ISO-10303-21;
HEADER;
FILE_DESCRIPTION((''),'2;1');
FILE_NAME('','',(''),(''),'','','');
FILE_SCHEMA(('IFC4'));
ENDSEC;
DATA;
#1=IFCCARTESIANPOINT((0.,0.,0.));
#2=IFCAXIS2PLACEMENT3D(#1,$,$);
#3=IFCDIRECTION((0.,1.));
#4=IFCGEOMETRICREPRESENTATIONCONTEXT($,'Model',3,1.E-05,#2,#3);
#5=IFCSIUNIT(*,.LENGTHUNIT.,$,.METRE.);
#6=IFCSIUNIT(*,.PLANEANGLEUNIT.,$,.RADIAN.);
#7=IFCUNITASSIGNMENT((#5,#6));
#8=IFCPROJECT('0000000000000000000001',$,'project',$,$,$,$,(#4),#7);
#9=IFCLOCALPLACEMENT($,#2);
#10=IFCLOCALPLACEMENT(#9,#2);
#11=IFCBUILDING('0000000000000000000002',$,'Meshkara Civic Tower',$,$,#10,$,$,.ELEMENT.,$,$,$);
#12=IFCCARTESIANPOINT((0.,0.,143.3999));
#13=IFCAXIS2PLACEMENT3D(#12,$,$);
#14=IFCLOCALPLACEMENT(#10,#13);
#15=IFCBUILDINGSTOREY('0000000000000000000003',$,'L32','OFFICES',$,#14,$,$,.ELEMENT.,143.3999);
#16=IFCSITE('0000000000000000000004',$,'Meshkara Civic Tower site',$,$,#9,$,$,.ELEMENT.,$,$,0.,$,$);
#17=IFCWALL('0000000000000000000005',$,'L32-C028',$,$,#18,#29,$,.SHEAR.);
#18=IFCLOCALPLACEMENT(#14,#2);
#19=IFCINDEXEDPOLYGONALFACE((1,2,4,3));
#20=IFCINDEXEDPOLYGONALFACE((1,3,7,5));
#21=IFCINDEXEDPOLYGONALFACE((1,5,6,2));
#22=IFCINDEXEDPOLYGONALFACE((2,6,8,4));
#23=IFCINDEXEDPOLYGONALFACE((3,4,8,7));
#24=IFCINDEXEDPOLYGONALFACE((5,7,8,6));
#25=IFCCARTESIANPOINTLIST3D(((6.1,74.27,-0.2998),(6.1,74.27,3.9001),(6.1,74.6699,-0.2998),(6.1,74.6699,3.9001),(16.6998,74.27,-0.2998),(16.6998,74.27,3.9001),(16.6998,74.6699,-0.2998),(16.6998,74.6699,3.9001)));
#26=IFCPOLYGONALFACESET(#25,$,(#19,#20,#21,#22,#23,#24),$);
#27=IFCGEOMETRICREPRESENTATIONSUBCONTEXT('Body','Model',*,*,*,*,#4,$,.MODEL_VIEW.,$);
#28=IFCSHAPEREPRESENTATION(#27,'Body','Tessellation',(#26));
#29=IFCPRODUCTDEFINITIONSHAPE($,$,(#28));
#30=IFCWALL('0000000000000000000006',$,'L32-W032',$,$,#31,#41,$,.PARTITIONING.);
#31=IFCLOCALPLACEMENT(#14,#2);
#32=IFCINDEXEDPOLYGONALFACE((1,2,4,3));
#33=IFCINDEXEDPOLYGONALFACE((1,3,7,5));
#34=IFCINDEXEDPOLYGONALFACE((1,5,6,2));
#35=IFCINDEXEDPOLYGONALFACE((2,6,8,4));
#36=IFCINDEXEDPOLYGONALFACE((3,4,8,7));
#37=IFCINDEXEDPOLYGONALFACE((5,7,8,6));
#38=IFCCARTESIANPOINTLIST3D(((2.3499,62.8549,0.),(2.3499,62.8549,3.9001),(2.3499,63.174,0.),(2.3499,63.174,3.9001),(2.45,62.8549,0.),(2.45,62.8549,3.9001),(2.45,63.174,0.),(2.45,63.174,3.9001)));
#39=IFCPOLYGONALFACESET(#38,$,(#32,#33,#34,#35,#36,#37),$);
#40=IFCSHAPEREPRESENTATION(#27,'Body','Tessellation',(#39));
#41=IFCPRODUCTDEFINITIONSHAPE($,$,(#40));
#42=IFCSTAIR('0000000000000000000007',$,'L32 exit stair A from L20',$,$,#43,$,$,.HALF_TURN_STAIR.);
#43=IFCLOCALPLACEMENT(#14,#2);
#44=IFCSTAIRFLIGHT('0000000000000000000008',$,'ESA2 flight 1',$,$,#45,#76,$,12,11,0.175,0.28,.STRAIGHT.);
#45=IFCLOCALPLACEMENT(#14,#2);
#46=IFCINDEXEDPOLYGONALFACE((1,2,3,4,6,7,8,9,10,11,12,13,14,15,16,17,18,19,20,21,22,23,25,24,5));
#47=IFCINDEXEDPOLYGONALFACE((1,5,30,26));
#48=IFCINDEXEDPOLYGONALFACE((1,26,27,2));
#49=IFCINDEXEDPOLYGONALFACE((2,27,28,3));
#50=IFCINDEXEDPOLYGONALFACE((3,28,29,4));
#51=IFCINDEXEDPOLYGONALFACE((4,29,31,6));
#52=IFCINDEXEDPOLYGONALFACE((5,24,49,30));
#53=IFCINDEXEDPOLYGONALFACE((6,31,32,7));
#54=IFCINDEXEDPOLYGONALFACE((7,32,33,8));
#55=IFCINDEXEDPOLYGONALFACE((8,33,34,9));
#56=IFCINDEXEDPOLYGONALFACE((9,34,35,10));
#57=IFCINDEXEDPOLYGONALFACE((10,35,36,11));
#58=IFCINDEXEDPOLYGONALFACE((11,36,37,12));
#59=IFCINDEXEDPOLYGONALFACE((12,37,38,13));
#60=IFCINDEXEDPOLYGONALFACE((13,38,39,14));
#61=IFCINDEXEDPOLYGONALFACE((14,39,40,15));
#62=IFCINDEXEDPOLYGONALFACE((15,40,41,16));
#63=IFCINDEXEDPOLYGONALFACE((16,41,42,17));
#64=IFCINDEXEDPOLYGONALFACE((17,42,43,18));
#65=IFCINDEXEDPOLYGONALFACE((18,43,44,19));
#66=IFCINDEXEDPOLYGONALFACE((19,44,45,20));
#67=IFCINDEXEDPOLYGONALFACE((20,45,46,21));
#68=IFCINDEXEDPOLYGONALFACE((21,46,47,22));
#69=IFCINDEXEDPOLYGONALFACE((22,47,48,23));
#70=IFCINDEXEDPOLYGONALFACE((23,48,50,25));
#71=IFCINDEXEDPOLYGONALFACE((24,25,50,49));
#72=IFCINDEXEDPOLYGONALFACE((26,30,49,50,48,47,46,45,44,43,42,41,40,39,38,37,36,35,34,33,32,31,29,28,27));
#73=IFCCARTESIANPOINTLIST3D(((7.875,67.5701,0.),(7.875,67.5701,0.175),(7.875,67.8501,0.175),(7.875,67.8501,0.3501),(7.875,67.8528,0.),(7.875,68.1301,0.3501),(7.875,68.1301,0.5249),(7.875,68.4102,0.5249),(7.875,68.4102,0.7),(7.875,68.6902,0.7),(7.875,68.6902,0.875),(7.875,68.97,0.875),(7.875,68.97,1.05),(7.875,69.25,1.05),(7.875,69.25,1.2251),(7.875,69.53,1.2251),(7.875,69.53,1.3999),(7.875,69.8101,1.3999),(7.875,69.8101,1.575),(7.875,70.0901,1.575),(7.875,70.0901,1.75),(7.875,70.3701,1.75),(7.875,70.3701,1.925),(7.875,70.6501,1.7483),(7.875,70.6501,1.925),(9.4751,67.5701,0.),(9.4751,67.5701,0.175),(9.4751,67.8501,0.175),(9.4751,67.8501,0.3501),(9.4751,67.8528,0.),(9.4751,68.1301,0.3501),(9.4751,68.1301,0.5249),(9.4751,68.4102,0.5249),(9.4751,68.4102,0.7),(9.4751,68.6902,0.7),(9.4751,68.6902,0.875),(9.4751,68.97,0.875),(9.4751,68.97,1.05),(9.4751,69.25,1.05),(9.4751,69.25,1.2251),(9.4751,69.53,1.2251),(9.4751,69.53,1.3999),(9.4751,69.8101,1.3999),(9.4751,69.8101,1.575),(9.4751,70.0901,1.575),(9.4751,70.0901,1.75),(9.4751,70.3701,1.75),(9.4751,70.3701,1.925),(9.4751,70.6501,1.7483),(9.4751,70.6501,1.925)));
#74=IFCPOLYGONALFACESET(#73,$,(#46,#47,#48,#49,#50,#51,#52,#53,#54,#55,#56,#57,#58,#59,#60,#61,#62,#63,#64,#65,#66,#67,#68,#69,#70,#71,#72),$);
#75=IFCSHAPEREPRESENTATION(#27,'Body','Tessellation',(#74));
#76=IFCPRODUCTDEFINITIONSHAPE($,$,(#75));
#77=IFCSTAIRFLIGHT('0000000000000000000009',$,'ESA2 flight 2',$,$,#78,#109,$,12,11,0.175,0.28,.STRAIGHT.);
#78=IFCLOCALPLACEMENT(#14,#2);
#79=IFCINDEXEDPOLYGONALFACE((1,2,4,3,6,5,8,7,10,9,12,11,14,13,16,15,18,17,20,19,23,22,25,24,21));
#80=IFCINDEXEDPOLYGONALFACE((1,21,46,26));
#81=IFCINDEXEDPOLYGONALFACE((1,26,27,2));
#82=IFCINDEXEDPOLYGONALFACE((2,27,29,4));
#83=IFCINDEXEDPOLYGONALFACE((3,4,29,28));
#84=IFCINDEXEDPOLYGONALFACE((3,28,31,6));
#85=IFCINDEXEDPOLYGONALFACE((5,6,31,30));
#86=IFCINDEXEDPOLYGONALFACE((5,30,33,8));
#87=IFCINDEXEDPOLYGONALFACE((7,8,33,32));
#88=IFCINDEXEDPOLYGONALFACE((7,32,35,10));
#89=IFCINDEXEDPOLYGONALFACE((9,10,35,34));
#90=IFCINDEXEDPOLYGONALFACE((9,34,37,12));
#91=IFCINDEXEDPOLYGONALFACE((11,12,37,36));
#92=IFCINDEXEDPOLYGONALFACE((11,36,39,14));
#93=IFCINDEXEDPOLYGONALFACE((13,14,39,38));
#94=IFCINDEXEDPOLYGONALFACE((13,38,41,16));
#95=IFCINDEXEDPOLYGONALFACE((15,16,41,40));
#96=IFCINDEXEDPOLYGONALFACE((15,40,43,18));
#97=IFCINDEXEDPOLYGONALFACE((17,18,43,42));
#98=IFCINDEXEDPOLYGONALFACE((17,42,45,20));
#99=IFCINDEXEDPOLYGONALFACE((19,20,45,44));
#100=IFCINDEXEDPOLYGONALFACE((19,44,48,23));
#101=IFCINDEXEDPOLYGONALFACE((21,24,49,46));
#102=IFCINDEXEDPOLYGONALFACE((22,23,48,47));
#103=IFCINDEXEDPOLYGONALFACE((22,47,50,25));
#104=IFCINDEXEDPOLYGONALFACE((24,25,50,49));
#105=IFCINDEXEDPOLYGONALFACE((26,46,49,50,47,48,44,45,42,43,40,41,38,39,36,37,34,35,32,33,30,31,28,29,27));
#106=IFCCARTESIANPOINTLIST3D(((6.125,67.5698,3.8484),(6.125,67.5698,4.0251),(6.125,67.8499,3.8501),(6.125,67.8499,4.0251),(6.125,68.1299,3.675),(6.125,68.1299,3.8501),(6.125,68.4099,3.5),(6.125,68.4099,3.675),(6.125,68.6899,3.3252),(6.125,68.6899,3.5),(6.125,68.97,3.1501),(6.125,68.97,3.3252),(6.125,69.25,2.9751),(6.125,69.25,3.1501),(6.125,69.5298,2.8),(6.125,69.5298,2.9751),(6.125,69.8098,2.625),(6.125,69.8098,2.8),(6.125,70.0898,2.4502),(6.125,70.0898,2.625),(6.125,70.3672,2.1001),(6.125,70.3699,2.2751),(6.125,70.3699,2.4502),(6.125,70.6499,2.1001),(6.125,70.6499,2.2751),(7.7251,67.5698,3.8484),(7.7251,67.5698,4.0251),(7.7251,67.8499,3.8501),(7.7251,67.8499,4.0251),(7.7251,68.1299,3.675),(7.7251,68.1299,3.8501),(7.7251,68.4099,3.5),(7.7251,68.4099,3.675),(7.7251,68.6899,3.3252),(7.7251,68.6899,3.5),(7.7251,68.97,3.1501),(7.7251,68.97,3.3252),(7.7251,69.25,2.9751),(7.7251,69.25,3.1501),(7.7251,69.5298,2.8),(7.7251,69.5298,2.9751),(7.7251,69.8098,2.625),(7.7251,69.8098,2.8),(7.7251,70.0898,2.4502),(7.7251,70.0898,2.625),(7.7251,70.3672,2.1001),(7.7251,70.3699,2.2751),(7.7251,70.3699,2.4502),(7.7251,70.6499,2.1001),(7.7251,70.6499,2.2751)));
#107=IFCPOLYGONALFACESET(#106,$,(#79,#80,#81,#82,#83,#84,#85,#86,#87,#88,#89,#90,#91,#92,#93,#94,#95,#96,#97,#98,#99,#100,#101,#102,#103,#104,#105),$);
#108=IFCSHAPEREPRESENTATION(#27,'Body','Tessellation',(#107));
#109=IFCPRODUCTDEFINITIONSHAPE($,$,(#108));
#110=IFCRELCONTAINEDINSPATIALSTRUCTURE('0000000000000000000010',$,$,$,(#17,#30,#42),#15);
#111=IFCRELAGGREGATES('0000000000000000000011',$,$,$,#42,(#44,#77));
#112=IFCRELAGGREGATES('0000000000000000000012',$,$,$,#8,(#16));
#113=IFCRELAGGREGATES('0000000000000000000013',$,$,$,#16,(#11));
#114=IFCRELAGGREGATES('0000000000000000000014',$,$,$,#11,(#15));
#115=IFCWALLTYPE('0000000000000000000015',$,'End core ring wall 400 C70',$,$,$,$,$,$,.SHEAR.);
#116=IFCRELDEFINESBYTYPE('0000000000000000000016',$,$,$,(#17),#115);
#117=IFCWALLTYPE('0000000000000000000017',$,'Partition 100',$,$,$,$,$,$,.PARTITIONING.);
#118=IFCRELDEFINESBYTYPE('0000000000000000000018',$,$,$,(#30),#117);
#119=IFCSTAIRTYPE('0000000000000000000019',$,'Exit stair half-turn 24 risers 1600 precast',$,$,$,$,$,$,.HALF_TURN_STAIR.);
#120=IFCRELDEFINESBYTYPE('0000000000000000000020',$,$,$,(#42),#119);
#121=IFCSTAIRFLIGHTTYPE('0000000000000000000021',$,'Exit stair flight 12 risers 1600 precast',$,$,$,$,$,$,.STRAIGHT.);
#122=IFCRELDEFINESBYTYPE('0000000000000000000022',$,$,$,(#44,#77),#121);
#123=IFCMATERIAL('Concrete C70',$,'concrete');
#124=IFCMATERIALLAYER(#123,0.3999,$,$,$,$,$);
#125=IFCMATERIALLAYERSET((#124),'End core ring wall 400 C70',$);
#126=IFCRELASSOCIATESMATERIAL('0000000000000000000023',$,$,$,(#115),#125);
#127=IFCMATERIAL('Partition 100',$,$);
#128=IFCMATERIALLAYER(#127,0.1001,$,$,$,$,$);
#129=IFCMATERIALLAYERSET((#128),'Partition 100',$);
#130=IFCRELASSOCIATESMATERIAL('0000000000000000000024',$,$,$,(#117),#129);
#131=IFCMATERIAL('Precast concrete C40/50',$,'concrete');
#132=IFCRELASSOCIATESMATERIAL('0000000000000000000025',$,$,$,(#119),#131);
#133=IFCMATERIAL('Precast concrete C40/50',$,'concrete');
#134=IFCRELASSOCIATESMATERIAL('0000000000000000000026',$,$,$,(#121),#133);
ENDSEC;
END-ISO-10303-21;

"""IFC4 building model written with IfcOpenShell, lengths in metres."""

from ifc_helpers import new_model, si_unit, direction, frame, frame_2d, origin, place, context, subcontext, project, spatial, polyline, rectangle, outline, extrude, material, layer, layer_set, type_object, element, aggregate, save


model = new_model("IFC4")

# Units and contexts
model_context = context("Model", 3, precision=1e-05, world=origin(), true_north=direction((0.0, 1.0)))
body_context = subcontext(model_context, "Body", "Model", "MODEL_VIEW")
ifc_project = project(units=[si_unit("LENGTHUNIT", "METRE"), si_unit("PLANEANGLEUNIT", "RADIAN")], contexts=[model_context])

# Site, building, storey
site_placement = place(None, origin())
site = spatial("IfcSite", under=ifc_project, at=site_placement, Name="Meshkara Civic Tower site", CompositionType="ELEMENT", RefElevation=0.0)
building_placement = place(site_placement, origin())
building = spatial("IfcBuilding", under=site, at=building_placement, Name="Meshkara Civic Tower", CompositionType="ELEMENT")
storey_placement = place(building_placement, frame((0.0, 0.0, 143.3999)))
storey = spatial("IfcBuildingStorey", under=building, at=storey_placement, Name="L32", Description="OFFICES", CompositionType="ELEMENT", Elevation=143.3999)

# Shared definitions
ifc_material_1 = material(Name="Concrete C70", Category="concrete")
ifc_layer_1 = layer(ifc_material_1, 0.3999)
ifc_layer_set_1 = layer_set([ifc_layer_1], Name="End core ring wall 400 C70")
wall_type_1 = type_object("IfcWallType", Name="End core ring wall 400 C70", PredefinedType="SHEAR", material=ifc_layer_set_1)

# Walls
wall_1_placement = place(storey_placement, frame((6.1001, 74.47, -0.2998), z_axis=(0.0, 0.0, 1.0), x_axis=(1.0, 0.0, 0.0)))
element("IfcWall", 1, at=wall_1_placement, inside=storey, type_object=wall_type_1, Name="L32-C028", PredefinedType="SHEAR", context=body_context, shape_type="SweptSolid", body=[
    extrude(rectangle(XDim=10.5999, YDim=0.3999, at=frame_2d((5.2998, 0.0))), origin(), (0.0, 0.0, 1.0), 4.2),
])
ifc_material_2 = material(Name="Partition 100")
ifc_layer_2 = layer(ifc_material_2, 0.1001)
ifc_layer_set_2 = layer_set([ifc_layer_2], Name="Partition 100")
wall_type_2 = type_object("IfcWallType", Name="Partition 100", PredefinedType="PARTITIONING", material=ifc_layer_set_2)
wall_2_placement = place(storey_placement, frame((2.3999, 63.1741, 0.0), z_axis=(0.0, 0.0, 1.0), x_axis=(0.0, -1.0, 0.0)))
element("IfcWall", 2, at=wall_2_placement, inside=storey, type_object=wall_type_2, Name="L32-W032", PredefinedType="PARTITIONING", context=body_context, shape_type="SweptSolid", body=[
    extrude(rectangle(XDim=0.3191, YDim=0.1001, at=frame_2d((0.1597, 0.0))), origin(), (0.0, 0.0, 1.0), 3.9001),
])

# Stair, stair flights
ifc_material_3 = material(Name="Precast concrete C40/50", Category="concrete")
stair_type = type_object("IfcStairType", Name="Exit stair half-turn 24 risers 1600 precast", PredefinedType="HALF_TURN_STAIR", material=ifc_material_3)
stair_placement = place(storey_placement, origin())
stair = element("IfcStair", 3, at=stair_placement, inside=storey, type_object=stair_type, Name="L32 exit stair A from L20", PredefinedType="HALF_TURN_STAIR")
ifc_material_4 = material(Name="Precast concrete C40/50", Category="concrete")
stair_flight_type = type_object("IfcStairFlightType", Name="Exit stair flight 12 risers 1600 precast", PredefinedType="STRAIGHT", material=ifc_material_4)
stair_flight_1_placement = place(storey_placement, frame((8.675, 67.5701, 0.0), z_axis=(0.0, 0.0, 1.0), x_axis=(0.0, 1.0, 0.0)))
stair_flight_1 = element("IfcStairFlight", 4, at=stair_flight_1_placement, type_object=stair_flight_type, Name="ESA2 flight 1", NumberOfRisers=12, NumberOfTreads=11, PredefinedType="STRAIGHT", RiserHeight=0.175, TreadLength=0.28, context=body_context, shape_type="SweptSolid", body=[
    extrude(outline(polyline([(0.0, 0.0), (0.0, 0.175), (0.28, 0.175), (0.28, 0.3501), (0.5601, 0.3501), (0.5601, 0.5249), (0.8401, 0.5249), (0.8401, 0.7), (1.1201, 0.7), (1.1201, 0.875), (1.3999, 0.875), (1.3999, 1.05), (1.6799, 1.05), (1.6799, 1.2251), (1.96, 1.2251), (1.96, 1.3999), (2.24, 1.3999), (2.24, 1.575), (2.52, 1.575), (2.52, 1.75), (2.8, 1.75), (2.8, 1.925), (3.0801, 1.925), (3.0801, 2.1001), (3.0801, 1.7483), (0.2827, 0.0), (0.0, 0.0)])), frame((0.0, 0.8, 0.0), z_axis=(0.0, -1.0, 0.0), x_axis=(1.0, 0.0, 0.0)), (0.0, 0.0, 1.0), 1.6001),
])
stair_flight_2_placement = place(storey_placement, frame((6.925, 70.6499, 2.1001), z_axis=(0.0, 0.0, 1.0), x_axis=(0.0, -1.0, 0.0)))
stair_flight_2 = element("IfcStairFlight", 5, at=stair_flight_2_placement, type_object=stair_flight_type, Name="ESA2 flight 2", NumberOfRisers=12, NumberOfTreads=11, PredefinedType="STRAIGHT", RiserHeight=0.175, TreadLength=0.28, context=body_context, shape_type="SweptSolid", body=[
    extrude(outline(polyline([(0.0, 0.0), (0.0, 0.175), (0.28, 0.175), (0.28, 0.3501), (0.5601, 0.3501), (0.5601, 0.5249), (0.8401, 0.5249), (0.8401, 0.7), (1.1201, 0.7), (1.1201, 0.875), (1.3999, 0.875), (1.3999, 1.05), (1.6799, 1.05), (1.6799, 1.2251), (1.96, 1.2251), (1.96, 1.3999), (2.24, 1.3999), (2.24, 1.575), (2.52, 1.575), (2.52, 1.75), (2.8, 1.75), (2.8, 1.925), (3.0801, 1.925), (3.0801, 2.1001), (3.0801, 1.7483), (0.2827, 0.0), (0.0, 0.0)])), frame((0.0, 0.8, 0.0), z_axis=(0.0, -1.0, 0.0), x_axis=(1.0, 0.0, 0.0)), (0.0, 0.0, 1.0), 1.6001),
])
aggregate(stair, [stair_flight_1, stair_flight_2])

save(model, "model.ifc")
